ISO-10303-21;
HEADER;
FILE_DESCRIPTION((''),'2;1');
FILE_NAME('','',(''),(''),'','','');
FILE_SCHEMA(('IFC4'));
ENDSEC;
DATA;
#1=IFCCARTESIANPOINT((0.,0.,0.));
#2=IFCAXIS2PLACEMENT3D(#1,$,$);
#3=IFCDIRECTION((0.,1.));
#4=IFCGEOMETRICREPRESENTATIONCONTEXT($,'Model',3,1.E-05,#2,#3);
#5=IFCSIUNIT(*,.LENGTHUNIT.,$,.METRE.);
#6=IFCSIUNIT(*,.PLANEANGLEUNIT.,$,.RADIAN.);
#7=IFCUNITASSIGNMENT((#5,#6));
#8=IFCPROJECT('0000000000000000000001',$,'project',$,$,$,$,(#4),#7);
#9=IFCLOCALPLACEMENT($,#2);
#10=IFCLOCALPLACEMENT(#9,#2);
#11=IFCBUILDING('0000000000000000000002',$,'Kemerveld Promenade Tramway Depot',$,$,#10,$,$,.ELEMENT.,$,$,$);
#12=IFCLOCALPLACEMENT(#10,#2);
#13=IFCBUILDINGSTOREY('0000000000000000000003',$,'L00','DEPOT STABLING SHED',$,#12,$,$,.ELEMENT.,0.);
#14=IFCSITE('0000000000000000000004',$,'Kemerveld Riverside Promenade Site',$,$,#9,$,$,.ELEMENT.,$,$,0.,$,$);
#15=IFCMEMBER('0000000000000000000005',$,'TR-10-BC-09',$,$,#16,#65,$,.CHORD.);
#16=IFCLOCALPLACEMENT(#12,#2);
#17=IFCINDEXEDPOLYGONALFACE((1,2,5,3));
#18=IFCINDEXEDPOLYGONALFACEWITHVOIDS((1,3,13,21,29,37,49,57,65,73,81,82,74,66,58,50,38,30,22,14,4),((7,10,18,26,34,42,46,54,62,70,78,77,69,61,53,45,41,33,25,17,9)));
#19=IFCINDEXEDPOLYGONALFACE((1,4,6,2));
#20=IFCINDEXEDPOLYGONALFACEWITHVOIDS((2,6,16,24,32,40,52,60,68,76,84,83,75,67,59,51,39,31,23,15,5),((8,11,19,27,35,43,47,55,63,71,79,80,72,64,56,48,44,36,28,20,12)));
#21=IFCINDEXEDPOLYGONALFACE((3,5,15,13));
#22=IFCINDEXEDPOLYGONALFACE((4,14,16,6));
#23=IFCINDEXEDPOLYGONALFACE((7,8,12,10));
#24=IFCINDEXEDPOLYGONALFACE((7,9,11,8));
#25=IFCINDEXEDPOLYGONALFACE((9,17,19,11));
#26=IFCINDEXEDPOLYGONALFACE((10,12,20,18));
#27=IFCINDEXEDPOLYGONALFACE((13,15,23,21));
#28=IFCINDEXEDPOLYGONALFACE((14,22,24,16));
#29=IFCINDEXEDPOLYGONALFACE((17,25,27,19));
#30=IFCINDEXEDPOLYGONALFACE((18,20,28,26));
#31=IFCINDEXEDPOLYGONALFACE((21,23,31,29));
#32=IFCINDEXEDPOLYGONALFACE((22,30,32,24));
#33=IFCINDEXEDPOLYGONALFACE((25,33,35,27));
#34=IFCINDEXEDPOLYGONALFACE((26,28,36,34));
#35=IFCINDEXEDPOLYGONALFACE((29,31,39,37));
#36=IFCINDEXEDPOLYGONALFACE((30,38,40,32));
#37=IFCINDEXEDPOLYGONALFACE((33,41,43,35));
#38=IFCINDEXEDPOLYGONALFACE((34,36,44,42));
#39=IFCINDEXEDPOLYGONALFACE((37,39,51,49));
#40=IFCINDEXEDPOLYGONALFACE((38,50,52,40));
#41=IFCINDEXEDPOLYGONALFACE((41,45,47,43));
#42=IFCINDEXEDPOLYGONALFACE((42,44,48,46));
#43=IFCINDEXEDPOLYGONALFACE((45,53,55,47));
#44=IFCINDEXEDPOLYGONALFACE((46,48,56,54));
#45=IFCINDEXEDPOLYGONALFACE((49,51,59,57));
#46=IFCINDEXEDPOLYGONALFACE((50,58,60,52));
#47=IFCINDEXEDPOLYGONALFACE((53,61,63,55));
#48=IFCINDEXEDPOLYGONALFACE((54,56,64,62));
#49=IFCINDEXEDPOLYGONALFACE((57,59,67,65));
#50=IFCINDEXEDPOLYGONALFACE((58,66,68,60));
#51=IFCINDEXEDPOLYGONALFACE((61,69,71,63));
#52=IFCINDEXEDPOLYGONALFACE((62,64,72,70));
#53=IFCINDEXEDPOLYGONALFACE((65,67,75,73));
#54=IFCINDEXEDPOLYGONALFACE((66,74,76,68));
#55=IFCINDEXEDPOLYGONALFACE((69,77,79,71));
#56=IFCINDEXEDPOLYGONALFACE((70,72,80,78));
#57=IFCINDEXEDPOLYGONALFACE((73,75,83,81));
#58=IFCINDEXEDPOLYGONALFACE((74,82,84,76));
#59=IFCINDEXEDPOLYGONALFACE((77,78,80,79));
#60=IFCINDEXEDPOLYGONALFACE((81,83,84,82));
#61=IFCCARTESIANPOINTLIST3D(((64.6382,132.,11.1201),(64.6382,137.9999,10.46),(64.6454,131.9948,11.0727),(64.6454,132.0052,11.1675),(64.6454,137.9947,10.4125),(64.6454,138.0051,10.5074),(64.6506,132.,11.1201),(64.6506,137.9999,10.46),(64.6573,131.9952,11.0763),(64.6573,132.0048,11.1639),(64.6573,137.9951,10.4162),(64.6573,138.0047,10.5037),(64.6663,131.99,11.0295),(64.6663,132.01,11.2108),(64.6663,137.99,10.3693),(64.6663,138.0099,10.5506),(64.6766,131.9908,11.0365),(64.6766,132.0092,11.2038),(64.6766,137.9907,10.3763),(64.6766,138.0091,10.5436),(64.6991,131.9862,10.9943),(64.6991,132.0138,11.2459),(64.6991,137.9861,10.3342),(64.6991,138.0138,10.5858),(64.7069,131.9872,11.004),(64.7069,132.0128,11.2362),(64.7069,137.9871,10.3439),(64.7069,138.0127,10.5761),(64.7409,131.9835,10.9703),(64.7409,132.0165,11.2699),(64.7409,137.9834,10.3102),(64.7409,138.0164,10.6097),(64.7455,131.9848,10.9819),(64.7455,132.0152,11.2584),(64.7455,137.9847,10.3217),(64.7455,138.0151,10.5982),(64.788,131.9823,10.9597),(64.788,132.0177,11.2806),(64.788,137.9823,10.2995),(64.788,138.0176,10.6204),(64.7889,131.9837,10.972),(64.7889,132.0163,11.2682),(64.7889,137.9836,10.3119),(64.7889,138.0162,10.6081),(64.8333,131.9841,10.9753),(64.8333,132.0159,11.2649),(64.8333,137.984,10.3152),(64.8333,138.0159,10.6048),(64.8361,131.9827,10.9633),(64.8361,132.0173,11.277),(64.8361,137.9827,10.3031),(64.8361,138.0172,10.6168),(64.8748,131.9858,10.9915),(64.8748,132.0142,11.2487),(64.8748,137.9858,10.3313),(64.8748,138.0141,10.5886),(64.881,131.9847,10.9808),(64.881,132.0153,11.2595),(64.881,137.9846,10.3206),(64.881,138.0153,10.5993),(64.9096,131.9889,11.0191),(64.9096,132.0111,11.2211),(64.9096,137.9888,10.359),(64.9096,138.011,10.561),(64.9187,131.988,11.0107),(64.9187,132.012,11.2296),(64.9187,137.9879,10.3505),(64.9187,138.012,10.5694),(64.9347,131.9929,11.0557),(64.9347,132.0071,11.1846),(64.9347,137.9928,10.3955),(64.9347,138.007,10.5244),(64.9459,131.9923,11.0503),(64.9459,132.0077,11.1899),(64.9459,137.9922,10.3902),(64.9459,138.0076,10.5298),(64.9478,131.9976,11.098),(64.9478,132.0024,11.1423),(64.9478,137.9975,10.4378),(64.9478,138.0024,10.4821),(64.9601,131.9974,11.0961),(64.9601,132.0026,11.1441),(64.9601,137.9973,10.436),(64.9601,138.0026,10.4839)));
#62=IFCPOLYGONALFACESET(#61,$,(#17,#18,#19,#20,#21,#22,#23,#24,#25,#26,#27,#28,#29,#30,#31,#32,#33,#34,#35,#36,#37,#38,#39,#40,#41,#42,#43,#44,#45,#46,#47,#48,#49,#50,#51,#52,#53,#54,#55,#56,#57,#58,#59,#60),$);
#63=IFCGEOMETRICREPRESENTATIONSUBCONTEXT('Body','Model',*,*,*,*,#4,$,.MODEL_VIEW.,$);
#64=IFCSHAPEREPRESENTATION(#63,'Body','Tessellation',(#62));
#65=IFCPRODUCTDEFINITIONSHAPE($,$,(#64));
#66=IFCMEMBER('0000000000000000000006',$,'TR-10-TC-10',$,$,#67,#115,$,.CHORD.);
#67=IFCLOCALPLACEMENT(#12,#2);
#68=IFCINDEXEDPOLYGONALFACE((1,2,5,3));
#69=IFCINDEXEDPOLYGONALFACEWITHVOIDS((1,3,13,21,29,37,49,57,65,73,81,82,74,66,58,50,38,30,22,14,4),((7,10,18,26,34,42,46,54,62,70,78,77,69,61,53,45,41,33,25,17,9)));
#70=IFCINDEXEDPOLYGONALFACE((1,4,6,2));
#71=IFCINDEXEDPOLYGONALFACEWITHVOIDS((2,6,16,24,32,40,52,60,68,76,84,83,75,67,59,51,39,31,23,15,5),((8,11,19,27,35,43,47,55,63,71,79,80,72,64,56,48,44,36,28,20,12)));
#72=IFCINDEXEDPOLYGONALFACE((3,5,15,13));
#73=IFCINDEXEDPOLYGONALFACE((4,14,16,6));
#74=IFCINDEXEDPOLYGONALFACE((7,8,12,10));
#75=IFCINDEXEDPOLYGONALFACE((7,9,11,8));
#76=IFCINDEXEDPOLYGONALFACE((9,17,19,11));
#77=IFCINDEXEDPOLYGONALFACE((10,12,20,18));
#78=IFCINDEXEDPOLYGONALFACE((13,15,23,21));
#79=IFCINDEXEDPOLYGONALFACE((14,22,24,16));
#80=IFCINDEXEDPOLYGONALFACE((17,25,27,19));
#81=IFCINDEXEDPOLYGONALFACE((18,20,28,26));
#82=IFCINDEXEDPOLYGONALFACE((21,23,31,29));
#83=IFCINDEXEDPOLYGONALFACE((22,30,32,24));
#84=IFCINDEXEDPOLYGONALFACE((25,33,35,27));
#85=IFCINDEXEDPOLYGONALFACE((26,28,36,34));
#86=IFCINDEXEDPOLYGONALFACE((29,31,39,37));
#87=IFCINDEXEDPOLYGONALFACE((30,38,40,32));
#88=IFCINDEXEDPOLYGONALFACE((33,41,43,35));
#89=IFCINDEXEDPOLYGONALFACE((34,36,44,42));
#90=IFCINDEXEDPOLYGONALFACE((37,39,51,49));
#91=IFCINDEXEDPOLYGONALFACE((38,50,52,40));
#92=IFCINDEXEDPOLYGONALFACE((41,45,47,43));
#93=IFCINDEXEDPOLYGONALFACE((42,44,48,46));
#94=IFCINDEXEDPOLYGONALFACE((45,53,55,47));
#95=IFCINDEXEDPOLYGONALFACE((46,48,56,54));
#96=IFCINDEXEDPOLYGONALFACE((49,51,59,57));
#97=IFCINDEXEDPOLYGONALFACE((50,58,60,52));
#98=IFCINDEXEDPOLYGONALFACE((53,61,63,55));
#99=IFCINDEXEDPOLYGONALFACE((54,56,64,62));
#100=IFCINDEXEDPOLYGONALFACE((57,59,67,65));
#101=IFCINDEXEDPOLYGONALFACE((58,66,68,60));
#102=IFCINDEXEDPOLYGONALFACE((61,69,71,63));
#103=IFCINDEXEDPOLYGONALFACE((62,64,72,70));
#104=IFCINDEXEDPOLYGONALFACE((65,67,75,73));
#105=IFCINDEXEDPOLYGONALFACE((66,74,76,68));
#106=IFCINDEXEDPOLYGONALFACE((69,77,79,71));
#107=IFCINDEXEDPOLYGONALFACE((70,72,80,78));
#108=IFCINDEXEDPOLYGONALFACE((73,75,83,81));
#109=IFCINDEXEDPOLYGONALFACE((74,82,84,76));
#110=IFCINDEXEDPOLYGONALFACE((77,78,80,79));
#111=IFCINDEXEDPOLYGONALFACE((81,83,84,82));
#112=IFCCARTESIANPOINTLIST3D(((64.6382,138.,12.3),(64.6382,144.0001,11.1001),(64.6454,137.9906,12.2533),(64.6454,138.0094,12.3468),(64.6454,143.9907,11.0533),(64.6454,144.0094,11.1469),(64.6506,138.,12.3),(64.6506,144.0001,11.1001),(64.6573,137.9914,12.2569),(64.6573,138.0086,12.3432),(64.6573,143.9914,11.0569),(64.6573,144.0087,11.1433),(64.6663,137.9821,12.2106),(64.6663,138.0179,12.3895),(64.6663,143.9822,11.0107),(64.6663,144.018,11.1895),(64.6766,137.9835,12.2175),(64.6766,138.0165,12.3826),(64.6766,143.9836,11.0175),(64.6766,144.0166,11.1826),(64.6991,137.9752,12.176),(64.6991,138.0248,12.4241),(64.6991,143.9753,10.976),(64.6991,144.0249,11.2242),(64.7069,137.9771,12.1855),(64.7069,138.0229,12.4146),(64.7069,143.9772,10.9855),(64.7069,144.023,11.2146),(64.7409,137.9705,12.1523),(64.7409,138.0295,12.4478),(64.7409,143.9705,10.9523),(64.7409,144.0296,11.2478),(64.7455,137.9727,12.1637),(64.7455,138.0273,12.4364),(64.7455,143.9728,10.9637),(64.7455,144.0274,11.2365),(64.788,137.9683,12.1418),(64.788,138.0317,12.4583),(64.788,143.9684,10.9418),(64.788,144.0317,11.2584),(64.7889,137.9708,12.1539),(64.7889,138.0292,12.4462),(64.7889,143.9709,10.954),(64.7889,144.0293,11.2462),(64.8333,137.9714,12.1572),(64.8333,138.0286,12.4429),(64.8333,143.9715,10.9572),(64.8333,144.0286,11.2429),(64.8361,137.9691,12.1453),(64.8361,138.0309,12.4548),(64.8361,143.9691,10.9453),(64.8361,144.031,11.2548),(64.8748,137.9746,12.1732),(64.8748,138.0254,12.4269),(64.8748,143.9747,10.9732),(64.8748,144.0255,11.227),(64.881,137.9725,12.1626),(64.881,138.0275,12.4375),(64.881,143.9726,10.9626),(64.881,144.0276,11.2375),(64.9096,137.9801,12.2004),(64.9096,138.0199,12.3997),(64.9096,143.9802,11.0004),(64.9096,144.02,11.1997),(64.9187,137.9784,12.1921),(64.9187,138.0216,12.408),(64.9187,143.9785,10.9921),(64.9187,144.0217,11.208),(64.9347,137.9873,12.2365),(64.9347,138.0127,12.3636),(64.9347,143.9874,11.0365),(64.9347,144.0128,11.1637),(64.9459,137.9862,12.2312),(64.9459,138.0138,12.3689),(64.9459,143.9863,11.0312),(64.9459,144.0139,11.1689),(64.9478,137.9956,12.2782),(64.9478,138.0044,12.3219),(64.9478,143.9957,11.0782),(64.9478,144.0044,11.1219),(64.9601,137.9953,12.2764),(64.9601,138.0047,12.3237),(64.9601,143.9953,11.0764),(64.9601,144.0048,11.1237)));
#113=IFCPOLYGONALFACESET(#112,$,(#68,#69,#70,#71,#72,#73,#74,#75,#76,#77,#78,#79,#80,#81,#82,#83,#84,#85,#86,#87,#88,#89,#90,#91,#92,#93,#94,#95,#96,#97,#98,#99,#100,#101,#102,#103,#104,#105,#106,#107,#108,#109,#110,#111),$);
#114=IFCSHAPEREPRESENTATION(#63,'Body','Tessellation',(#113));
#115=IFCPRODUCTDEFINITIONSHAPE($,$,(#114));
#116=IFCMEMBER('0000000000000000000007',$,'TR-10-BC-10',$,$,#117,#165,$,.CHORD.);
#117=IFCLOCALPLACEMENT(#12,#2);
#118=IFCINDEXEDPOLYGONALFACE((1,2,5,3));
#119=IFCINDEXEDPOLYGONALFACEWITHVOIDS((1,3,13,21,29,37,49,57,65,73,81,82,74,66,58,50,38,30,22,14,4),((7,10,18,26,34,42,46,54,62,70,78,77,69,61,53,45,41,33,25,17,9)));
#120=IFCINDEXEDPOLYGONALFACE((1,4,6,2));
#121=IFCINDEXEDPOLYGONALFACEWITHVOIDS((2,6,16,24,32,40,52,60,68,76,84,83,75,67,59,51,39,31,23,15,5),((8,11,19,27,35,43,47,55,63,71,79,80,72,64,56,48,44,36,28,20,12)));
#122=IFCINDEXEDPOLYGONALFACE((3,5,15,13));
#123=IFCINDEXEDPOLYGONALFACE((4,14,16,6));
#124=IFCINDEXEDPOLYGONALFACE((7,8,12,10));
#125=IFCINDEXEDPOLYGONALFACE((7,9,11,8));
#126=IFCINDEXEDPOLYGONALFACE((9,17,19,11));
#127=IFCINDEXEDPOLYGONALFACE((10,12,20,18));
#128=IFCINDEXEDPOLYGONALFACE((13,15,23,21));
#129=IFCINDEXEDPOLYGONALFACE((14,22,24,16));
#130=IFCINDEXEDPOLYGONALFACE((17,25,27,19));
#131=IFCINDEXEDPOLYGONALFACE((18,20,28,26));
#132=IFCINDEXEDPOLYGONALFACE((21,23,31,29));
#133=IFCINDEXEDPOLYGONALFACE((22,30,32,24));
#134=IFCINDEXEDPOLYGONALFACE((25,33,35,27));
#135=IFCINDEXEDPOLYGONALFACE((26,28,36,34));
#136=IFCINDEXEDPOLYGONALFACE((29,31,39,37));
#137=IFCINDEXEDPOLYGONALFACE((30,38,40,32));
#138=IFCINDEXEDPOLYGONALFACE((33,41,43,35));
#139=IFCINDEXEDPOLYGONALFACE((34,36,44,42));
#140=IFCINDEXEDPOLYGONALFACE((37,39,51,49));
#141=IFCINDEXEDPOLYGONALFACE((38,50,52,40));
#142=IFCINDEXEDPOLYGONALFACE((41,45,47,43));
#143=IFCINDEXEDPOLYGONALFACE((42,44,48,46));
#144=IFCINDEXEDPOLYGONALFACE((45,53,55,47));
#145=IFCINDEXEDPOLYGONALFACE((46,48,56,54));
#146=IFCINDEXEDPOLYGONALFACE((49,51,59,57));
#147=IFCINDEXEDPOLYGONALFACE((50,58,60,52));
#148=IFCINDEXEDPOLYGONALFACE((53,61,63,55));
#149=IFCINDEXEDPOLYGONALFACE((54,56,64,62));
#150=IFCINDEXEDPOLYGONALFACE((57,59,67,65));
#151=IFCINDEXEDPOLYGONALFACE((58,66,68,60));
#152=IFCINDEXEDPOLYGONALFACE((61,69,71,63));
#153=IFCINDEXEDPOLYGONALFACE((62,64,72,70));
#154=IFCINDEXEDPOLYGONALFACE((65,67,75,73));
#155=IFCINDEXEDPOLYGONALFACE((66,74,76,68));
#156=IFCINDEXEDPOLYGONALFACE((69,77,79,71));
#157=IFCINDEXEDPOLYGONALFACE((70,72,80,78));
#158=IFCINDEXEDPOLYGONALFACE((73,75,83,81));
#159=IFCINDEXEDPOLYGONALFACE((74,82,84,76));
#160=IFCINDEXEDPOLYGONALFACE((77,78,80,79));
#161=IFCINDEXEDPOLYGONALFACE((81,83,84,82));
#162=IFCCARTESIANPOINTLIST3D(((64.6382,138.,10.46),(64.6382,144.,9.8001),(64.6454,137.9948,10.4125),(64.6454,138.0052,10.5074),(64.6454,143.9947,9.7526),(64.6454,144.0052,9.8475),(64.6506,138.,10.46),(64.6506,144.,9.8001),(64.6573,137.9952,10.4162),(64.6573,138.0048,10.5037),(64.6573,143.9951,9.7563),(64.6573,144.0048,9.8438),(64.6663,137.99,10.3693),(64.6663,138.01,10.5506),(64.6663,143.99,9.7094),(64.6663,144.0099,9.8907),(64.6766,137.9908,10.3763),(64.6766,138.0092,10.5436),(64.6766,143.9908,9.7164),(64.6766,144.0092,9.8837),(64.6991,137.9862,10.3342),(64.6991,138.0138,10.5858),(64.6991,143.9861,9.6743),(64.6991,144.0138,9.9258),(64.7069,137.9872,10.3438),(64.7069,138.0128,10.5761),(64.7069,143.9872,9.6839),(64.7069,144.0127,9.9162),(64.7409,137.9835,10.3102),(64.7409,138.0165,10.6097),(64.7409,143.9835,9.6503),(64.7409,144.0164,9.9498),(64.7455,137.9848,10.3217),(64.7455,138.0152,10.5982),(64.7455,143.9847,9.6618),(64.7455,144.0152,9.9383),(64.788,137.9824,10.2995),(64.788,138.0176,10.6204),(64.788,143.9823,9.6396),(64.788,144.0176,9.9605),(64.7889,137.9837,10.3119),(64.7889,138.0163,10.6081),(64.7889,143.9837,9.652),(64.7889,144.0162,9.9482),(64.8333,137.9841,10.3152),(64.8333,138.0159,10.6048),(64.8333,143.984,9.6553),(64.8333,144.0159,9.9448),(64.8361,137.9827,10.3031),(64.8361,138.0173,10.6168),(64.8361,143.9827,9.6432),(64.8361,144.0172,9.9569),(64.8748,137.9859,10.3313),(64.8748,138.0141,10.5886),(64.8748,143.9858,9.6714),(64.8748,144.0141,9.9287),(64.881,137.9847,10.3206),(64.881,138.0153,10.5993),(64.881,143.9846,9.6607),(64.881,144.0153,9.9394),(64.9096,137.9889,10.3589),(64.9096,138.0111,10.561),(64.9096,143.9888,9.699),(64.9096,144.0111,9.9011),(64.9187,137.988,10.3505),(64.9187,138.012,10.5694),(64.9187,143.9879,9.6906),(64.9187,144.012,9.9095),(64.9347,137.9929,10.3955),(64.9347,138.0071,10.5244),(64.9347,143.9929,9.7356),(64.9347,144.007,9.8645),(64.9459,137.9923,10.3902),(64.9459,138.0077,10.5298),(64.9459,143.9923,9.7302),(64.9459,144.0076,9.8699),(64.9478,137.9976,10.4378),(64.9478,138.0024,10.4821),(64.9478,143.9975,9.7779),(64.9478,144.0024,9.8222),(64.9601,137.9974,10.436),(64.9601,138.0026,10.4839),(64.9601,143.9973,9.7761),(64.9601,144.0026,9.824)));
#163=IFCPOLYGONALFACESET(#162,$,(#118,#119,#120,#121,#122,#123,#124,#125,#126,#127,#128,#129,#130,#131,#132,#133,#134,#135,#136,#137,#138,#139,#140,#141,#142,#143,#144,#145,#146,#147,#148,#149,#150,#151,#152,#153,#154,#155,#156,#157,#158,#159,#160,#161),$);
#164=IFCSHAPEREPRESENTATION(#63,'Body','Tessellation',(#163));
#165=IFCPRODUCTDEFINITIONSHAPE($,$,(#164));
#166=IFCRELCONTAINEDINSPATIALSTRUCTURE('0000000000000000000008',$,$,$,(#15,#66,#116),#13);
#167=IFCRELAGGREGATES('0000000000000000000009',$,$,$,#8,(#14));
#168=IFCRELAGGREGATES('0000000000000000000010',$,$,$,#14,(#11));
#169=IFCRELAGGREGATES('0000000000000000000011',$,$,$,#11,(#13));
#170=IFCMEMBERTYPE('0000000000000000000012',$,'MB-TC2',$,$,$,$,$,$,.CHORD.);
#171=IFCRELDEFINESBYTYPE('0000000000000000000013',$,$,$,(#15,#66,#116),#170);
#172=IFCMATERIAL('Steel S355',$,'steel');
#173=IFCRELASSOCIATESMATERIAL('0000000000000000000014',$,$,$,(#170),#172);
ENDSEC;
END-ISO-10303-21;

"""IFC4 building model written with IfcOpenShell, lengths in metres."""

from ifc_helpers import new_model, si_unit, direction, frame, origin, origin_2d, place, context, subcontext, project, spatial, hollow_circle, extrude, material, material_profile, profile_set, type_object, element, save


model = new_model("IFC4")

# Units and contexts
model_context = context("Model", 3, precision=1e-05, world=origin(), true_north=direction((0.0, 1.0)))
body_context = subcontext(model_context, "Body", "Model", "MODEL_VIEW")
ifc_project = project(units=[si_unit("LENGTHUNIT", "METRE"), si_unit("PLANEANGLEUNIT", "RADIAN")], contexts=[model_context])

# Site, building, storey
site_placement = place(None, origin())
site = spatial("IfcSite", under=ifc_project, at=site_placement, Name="Kemerveld Riverside Promenade Site", CompositionType="ELEMENT", RefElevation=0.0)
building_placement = place(site_placement, origin())
building = spatial("IfcBuilding", under=site, at=building_placement, Name="Kemerveld Promenade Tramway Depot", CompositionType="ELEMENT")
storey_placement = place(building_placement, origin())
storey = spatial("IfcBuildingStorey", under=building, at=storey_placement, Name="L00", Description="DEPOT STABLING SHED", CompositionType="ELEMENT", Elevation=0.0)

# Members
ifc_material_1 = material(Name="Steel S355", Category="steel")
ifc_material_profile_1 = material_profile(ifc_material_1, hollow_circle(Radius=0.1619, WallThickness=0.0125, at=origin_2d()), Name="323.9x12.5 CHS")
ifc_profile_set_1 = profile_set([ifc_material_profile_1], Name="Steel S355")
member_type_1 = type_object("IfcMemberType", Name="MB-TC2", PredefinedType="CHORD", material=ifc_profile_set_1)
member_1_placement = place(storey_placement, frame((64.8, 132.0, 11.1201), z_axis=(0.0, 0.994002, -0.109366), x_axis=(-1.0, 0.0, 0.0)))
element("IfcMember", 1, at=member_1_placement, inside=storey, type_object=member_type_1, Name="TR-10-BC-09", PredefinedType="CHORD", context=body_context, shape_type="SweptSolid", body=[
    extrude(hollow_circle(Radius=0.1619, WallThickness=0.0125, at=origin_2d()), origin(), (0.0, 0.0, 1.0), 6.0361),
])
member_2_placement = place(storey_placement, frame((64.8, 138.0, 12.3), z_axis=(0.0, 0.980582, -0.196108), x_axis=(-1.0, 0.0, 0.0)))
element("IfcMember", 2, at=member_2_placement, inside=storey, type_object=member_type_1, Name="TR-10-TC-10", PredefinedType="CHORD", context=body_context, shape_type="SweptSolid", body=[
    extrude(hollow_circle(Radius=0.1619, WallThickness=0.0125, at=origin_2d()), origin(), (0.0, 0.0, 1.0), 6.1189),
])
member_3_placement = place(storey_placement, frame((64.8, 138.0, 10.46), z_axis=(0.0, 0.994006, -0.109326), x_axis=(-1.0, 0.0, 0.0)))
element("IfcMember", 3, at=member_3_placement, inside=storey, type_object=member_type_1, Name="TR-10-BC-10", PredefinedType="CHORD", context=body_context, shape_type="SweptSolid", body=[
    extrude(hollow_circle(Radius=0.1619, WallThickness=0.0125, at=origin_2d()), origin(), (0.0, 0.0, 1.0), 6.0361),
])

save(model, "model.ifc")
